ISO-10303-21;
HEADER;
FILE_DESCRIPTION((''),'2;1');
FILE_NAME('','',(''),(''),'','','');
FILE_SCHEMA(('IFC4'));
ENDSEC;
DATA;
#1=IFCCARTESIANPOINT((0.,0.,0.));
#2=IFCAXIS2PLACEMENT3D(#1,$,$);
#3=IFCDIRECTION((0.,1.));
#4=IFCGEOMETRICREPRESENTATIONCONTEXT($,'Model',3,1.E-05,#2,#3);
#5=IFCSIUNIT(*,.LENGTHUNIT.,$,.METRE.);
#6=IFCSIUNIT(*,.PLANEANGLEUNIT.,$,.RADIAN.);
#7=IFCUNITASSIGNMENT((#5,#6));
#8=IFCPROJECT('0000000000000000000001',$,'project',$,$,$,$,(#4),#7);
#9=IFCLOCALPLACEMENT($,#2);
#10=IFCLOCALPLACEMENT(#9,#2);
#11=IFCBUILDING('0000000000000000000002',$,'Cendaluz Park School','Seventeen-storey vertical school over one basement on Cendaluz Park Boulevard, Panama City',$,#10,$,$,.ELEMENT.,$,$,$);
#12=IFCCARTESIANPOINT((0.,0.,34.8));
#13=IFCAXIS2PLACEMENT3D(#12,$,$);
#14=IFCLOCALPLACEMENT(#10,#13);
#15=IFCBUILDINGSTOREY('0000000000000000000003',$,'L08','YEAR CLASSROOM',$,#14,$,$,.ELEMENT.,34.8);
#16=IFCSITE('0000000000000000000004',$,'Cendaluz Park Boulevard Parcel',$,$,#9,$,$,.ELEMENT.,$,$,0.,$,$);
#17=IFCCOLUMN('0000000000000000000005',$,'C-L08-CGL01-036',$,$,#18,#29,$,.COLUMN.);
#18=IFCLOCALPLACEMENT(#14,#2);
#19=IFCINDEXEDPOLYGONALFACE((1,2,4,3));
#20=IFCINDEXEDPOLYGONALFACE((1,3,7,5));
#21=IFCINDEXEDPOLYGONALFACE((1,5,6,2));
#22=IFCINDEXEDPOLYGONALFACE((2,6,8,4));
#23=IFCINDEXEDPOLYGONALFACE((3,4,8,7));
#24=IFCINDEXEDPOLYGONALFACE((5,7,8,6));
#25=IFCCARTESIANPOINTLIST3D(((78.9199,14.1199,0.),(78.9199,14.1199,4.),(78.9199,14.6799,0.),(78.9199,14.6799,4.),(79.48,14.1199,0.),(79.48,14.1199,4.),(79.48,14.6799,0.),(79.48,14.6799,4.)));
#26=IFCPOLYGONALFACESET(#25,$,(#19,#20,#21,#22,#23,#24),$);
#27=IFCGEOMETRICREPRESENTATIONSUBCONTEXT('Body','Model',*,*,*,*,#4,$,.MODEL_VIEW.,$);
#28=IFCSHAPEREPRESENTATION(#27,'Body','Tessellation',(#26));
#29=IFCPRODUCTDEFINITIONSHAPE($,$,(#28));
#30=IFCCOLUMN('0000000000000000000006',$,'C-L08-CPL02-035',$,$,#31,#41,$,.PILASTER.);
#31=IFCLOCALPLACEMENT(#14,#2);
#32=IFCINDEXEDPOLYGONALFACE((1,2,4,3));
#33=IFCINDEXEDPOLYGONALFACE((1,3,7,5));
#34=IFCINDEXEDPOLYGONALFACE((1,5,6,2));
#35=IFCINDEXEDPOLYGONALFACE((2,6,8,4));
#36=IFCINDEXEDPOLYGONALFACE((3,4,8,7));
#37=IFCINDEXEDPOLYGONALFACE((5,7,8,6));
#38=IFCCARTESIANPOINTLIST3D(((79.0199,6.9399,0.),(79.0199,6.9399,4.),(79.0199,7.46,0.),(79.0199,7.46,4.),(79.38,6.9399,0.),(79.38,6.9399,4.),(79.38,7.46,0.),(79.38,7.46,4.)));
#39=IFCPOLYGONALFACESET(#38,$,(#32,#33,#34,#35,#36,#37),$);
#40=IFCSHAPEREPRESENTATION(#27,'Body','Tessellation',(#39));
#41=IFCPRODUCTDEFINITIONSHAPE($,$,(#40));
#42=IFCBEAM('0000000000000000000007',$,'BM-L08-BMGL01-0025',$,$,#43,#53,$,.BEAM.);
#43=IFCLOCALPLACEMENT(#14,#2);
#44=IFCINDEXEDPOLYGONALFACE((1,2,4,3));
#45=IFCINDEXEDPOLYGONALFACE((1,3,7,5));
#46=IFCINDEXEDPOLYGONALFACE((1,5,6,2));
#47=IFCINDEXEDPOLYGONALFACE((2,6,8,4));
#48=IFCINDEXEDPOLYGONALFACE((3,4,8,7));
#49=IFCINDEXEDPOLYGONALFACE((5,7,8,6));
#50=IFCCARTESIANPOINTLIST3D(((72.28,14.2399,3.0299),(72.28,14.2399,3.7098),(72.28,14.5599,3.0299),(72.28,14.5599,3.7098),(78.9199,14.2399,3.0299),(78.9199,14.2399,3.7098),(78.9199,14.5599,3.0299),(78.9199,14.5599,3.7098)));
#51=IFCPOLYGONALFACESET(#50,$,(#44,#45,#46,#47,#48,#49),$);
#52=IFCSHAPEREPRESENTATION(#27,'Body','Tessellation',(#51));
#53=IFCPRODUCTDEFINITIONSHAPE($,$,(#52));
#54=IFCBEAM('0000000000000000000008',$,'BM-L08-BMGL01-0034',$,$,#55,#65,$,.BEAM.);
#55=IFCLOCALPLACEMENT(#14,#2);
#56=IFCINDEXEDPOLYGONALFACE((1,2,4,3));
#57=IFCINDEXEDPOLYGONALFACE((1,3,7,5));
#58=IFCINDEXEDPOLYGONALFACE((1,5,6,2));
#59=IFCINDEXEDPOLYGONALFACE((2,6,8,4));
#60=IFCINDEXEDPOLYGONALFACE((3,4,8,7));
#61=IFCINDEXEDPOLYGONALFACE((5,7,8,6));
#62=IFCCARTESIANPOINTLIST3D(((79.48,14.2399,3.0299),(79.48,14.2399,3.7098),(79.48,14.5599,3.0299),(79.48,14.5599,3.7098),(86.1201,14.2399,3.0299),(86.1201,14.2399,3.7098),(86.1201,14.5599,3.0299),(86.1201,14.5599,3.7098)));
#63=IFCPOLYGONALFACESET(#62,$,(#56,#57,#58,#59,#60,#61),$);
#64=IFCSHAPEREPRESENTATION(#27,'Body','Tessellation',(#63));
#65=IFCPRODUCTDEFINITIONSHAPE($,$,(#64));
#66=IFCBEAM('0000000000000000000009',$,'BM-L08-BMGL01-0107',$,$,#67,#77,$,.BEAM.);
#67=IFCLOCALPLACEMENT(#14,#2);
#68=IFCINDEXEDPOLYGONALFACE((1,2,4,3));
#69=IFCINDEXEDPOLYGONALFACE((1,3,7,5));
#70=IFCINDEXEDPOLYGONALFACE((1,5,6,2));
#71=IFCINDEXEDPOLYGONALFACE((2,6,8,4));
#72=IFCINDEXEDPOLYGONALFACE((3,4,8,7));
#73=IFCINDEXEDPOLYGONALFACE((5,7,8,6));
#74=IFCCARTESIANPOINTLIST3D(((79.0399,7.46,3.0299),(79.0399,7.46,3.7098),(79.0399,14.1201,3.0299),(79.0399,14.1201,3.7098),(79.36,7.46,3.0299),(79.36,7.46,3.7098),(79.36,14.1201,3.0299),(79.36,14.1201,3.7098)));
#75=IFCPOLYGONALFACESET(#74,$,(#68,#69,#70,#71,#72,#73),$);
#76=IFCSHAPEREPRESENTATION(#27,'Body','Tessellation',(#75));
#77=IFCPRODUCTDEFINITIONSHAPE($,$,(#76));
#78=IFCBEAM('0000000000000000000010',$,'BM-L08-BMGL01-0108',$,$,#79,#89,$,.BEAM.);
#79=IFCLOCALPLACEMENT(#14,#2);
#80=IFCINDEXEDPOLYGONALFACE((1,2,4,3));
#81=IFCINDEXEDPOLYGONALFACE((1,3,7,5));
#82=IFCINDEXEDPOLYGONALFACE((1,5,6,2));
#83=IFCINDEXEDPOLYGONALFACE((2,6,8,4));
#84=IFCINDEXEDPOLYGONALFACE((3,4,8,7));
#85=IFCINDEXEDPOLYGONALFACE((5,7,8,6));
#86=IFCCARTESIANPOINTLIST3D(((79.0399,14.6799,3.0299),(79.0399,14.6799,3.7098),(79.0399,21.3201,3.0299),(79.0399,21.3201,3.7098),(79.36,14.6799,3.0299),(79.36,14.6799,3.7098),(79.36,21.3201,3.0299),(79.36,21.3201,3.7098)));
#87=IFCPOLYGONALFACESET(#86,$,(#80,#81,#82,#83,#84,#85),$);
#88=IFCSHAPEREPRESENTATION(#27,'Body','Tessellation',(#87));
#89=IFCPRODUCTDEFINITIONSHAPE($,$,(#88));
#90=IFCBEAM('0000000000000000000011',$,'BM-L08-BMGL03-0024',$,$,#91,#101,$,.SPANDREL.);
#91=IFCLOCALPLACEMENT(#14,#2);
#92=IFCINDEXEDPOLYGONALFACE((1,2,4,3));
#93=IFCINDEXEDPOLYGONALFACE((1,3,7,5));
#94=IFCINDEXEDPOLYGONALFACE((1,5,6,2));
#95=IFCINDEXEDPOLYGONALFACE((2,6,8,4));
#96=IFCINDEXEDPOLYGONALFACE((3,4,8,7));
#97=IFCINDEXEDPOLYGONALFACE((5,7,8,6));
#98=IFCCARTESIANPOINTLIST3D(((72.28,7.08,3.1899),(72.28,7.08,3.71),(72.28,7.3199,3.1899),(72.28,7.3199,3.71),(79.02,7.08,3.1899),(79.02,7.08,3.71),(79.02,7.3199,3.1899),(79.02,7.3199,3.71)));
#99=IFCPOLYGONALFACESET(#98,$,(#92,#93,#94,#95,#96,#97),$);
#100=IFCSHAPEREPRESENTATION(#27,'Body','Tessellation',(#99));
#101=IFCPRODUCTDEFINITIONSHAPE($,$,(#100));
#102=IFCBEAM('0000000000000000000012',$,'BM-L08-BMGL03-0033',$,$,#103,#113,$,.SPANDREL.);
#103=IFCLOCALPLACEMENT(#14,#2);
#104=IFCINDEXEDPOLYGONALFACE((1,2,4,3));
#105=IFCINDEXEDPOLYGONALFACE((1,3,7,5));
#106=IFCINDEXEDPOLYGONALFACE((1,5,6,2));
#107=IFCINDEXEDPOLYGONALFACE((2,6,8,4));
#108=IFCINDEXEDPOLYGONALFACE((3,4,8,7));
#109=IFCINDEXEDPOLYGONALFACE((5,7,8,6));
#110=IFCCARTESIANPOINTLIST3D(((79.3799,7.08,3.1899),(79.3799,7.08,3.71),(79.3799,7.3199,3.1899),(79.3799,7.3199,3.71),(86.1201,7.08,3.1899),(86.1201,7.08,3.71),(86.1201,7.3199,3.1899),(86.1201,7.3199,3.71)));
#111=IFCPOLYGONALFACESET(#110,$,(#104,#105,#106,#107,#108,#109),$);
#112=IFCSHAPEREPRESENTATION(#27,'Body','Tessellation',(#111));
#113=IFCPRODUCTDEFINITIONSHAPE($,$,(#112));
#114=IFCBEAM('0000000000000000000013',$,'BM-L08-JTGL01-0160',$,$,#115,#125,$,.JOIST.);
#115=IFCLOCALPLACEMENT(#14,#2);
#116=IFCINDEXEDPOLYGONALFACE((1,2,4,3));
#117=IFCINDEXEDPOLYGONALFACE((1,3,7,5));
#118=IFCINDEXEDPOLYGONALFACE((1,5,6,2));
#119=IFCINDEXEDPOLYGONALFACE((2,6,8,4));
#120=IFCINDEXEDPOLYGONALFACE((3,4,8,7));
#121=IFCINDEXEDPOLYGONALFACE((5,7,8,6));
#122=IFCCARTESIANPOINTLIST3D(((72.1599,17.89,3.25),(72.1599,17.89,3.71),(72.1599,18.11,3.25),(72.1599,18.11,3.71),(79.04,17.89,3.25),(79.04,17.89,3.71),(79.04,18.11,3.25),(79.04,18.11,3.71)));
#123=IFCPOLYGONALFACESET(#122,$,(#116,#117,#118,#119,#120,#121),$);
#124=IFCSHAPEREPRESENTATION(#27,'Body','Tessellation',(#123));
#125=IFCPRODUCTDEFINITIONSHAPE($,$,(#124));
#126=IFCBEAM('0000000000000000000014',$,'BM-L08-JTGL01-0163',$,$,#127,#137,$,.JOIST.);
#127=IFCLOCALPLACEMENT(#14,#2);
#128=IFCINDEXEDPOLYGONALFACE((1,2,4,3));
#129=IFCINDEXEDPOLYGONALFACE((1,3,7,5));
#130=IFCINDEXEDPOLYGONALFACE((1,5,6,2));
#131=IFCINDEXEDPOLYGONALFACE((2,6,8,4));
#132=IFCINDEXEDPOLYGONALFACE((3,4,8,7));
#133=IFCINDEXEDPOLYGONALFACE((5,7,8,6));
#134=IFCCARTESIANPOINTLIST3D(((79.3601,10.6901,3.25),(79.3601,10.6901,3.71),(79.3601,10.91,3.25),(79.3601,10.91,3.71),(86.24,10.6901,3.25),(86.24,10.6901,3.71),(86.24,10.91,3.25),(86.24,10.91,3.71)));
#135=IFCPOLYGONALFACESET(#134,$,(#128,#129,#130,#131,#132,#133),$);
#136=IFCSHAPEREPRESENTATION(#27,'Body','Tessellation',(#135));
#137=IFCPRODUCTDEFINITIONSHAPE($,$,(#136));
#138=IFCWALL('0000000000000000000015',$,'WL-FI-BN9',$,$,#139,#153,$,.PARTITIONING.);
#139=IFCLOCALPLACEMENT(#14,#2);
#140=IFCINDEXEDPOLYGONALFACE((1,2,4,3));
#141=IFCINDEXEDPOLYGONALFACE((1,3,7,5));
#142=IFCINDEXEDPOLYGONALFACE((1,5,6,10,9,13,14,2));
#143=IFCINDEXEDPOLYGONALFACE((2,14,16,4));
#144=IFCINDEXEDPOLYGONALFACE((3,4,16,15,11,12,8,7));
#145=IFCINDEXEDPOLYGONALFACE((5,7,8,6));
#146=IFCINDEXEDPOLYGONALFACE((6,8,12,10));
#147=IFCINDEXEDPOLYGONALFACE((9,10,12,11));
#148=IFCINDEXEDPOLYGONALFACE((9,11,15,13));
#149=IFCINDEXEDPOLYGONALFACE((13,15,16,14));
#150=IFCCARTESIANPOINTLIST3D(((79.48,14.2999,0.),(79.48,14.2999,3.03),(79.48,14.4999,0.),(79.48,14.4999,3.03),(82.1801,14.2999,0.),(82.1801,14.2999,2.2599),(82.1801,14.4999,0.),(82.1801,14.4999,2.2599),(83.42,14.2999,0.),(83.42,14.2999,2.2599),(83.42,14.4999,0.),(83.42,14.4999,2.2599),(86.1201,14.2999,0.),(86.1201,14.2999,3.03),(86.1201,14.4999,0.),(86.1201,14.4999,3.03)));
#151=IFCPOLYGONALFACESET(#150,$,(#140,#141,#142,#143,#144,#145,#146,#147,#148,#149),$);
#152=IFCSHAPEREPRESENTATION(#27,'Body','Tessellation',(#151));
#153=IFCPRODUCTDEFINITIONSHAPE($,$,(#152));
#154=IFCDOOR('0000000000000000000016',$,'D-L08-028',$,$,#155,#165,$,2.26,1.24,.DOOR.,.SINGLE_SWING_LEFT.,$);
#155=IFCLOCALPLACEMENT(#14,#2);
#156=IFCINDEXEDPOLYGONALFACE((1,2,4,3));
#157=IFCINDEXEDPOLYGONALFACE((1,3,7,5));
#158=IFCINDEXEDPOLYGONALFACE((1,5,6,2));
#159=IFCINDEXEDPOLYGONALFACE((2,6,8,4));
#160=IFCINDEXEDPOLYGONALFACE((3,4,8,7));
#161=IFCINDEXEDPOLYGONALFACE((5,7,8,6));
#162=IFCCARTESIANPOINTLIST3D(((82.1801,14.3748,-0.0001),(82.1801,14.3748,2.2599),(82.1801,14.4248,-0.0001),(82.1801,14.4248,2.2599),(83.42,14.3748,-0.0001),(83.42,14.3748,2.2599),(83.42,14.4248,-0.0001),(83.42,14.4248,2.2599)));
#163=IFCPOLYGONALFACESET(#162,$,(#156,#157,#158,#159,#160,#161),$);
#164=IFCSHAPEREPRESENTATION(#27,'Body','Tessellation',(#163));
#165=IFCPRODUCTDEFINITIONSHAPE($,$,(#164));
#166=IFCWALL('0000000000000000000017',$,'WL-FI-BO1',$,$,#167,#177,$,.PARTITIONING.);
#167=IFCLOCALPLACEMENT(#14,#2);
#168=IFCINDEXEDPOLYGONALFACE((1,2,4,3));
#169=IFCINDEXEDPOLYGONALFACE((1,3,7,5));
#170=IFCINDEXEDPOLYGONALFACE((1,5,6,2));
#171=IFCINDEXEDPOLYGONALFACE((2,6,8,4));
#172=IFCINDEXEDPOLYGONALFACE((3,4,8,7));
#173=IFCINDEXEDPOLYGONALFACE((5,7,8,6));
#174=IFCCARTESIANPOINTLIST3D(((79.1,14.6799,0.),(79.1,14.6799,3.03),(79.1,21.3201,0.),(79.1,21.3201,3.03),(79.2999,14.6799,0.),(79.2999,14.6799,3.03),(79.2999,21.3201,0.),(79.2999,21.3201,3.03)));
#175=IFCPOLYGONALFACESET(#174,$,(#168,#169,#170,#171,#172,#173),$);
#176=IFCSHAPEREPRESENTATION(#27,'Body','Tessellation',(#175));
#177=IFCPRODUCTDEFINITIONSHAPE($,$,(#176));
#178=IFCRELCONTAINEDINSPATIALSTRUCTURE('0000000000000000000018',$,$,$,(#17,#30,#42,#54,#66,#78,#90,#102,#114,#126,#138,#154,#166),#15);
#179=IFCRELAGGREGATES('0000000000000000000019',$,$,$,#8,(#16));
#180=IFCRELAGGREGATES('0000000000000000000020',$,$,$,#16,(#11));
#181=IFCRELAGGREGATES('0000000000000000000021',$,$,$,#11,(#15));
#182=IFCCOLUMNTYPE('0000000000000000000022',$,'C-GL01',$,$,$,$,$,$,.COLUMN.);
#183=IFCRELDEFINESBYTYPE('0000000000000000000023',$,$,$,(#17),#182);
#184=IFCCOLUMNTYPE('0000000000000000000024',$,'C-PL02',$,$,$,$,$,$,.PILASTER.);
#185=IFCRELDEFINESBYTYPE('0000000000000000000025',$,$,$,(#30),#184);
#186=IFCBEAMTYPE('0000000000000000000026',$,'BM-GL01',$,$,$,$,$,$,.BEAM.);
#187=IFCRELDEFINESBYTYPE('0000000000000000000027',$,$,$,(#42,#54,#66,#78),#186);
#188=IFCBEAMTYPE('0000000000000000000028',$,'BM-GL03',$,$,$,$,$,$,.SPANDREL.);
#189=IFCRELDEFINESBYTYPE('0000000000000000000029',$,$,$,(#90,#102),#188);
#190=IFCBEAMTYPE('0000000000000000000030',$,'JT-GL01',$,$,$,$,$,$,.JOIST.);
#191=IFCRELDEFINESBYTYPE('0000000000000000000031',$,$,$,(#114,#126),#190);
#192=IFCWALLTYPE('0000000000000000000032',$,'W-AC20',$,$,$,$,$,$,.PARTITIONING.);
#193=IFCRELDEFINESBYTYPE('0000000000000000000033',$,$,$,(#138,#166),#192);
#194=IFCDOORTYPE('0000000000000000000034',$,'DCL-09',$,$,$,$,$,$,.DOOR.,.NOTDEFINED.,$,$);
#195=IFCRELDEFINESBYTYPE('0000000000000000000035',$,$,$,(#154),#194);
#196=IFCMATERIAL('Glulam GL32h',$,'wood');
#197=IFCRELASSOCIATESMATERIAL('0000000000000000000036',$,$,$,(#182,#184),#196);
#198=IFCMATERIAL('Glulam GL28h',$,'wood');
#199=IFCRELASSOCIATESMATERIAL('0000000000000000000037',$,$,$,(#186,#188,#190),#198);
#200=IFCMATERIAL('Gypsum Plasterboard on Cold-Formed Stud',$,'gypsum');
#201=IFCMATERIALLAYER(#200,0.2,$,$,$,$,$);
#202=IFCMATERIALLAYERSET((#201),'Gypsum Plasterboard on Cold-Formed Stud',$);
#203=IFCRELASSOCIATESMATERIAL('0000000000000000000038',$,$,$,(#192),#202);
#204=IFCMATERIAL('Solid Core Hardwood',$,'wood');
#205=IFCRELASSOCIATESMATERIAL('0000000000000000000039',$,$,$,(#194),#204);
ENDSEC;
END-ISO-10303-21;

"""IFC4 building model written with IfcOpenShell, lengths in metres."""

from ifc_helpers import new_model, si_unit, direction, frame, frame_2d, origin, origin_2d, place, context, subcontext, project, spatial, rectangle, extrude, material, layer, layer_set, material_profile, profile_set, type_object, element, fill, save


model = new_model("IFC4")

# Units and contexts
model_context = context("Model", 3, precision=1e-05, world=origin(), true_north=direction((0.0, 1.0)))
body_context = subcontext(model_context, "Body", "Model", "MODEL_VIEW")
ifc_project = project(units=[si_unit("LENGTHUNIT", "METRE"), si_unit("PLANEANGLEUNIT", "RADIAN")], contexts=[model_context])

# Site, building, storey
site_placement = place(None, origin())
site = spatial("IfcSite", under=ifc_project, at=site_placement, Name="Cendaluz Park Boulevard Parcel", CompositionType="ELEMENT", RefElevation=0.0)
building_placement = place(site_placement, origin())
building = spatial("IfcBuilding", under=site, at=building_placement, Name="Cendaluz Park School", Description="Seventeen-storey vertical school over one basement on Cendaluz Park Boulevard, Panama City", CompositionType="ELEMENT")
storey_placement = place(building_placement, frame((0.0, 0.0, 34.8)))
storey = spatial("IfcBuildingStorey", under=building, at=storey_placement, Name="L08", Description="YEAR CLASSROOM", CompositionType="ELEMENT", Elevation=34.8)

# Columns
ifc_material_1 = material(Name="Glulam GL32h", Category="wood")
ifc_material_profile_1 = material_profile(ifc_material_1, rectangle(XDim=0.5601, YDim=0.5601, at=origin_2d()), Name="GL32h 560x560", Category="wood")
ifc_profile_set_1 = profile_set([ifc_material_profile_1], Name="Glulam GL32h")
column_type_1 = type_object("IfcColumnType", Name="C-GL01", PredefinedType="COLUMN", material=ifc_profile_set_1)
column_1_placement = place(storey_placement, frame((79.2, 14.3999, 0.0), z_axis=(0.0, 0.0, 1.0), x_axis=(1.0, 0.0, 0.0)))
element("IfcColumn", 1, at=column_1_placement, inside=storey, type_object=column_type_1, Name="C-L08-CGL01-036", PredefinedType="COLUMN", context=body_context, shape_type="SweptSolid", body=[
    extrude(rectangle(XDim=0.5601, YDim=0.5601, at=origin_2d()), origin(), (0.0, 0.0, 1.0), 4.0),
])
ifc_material_profile_2 = material_profile(ifc_material_1, rectangle(XDim=0.3601, YDim=0.52, at=origin_2d()), Name="GL32h 360x520", Category="wood")
ifc_profile_set_2 = profile_set([ifc_material_profile_2], Name="Glulam GL32h")
column_type_2 = type_object("IfcColumnType", Name="C-PL02", PredefinedType="PILASTER", material=ifc_profile_set_2)
column_2_placement = place(storey_placement, frame((79.2, 7.2, 0.0), z_axis=(0.0, 0.0, 1.0), x_axis=(1.0, 0.0, 0.0)))
element("IfcColumn", 2, at=column_2_placement, inside=storey, type_object=column_type_2, Name="C-L08-CPL02-035", PredefinedType="PILASTER", context=body_context, shape_type="SweptSolid", body=[
    extrude(rectangle(XDim=0.3601, YDim=0.52, at=origin_2d()), origin(), (0.0, 0.0, 1.0), 4.0),
])

# Beams
ifc_material_2 = material(Name="Glulam GL28h", Category="wood")
ifc_material_profile_3 = material_profile(ifc_material_2, rectangle(XDim=0.3201, YDim=0.6799, at=origin_2d()), Name="GL28h 320x680", Category="wood")
ifc_profile_set_3 = profile_set([ifc_material_profile_3], Name="Glulam GL28h")
beam_type_1 = type_object("IfcBeamType", Name="BM-GL01", PredefinedType="BEAM", material=ifc_profile_set_3)
beam_1_placement = place(storey_placement, frame((72.28, 14.3999, 3.3699), z_axis=(1.0, 0.0, 0.0), x_axis=(0.0, 1.0, 0.0)))
element("IfcBeam", 3, at=beam_1_placement, inside=storey, type_object=beam_type_1, Name="BM-L08-BMGL01-0025", PredefinedType="BEAM", context=body_context, shape_type="SweptSolid", body=[
    extrude(rectangle(XDim=0.3201, YDim=0.6799, at=origin_2d()), origin(), (0.0, 0.0, 1.0), 6.6399),
])
beam_2_placement = place(storey_placement, frame((79.48, 14.3999, 3.3699), z_axis=(1.0, 0.0, 0.0), x_axis=(0.0, 1.0, 0.0)))
element("IfcBeam", 4, at=beam_2_placement, inside=storey, type_object=beam_type_1, Name="BM-L08-BMGL01-0034", PredefinedType="BEAM", context=body_context, shape_type="SweptSolid", body=[
    extrude(rectangle(XDim=0.3201, YDim=0.6799, at=origin_2d()), origin(), (0.0, 0.0, 1.0), 6.6401),
])
beam_3_placement = place(storey_placement, frame((79.2, 7.46, 3.3699), z_axis=(0.0, 1.0, 0.0), x_axis=(-1.0, 0.0, 0.0)))
element("IfcBeam", 5, at=beam_3_placement, inside=storey, type_object=beam_type_1, Name="BM-L08-BMGL01-0107", PredefinedType="BEAM", context=body_context, shape_type="SweptSolid", body=[
    extrude(rectangle(XDim=0.3201, YDim=0.6799, at=origin_2d()), origin(), (0.0, 0.0, 1.0), 6.6602),
])
beam_4_placement = place(storey_placement, frame((79.2, 14.6799, 3.3699), z_axis=(0.0, 1.0, 0.0), x_axis=(-1.0, 0.0, 0.0)))
element("IfcBeam", 6, at=beam_4_placement, inside=storey, type_object=beam_type_1, Name="BM-L08-BMGL01-0108", PredefinedType="BEAM", context=body_context, shape_type="SweptSolid", body=[
    extrude(rectangle(XDim=0.3201, YDim=0.6799, at=origin_2d()), origin(), (0.0, 0.0, 1.0), 6.6401),
])
ifc_material_profile_4 = material_profile(ifc_material_2, rectangle(XDim=0.24, YDim=0.52, at=origin_2d()), Name="GL28h 240x520", Category="wood")
ifc_profile_set_4 = profile_set([ifc_material_profile_4], Name="Glulam GL28h")
beam_type_2 = type_object("IfcBeamType", Name="BM-GL03", PredefinedType="SPANDREL", material=ifc_profile_set_4)
beam_5_placement = place(storey_placement, frame((72.28, 7.2, 3.45), z_axis=(1.0, 0.0, 0.0), x_axis=(0.0, 1.0, 0.0)))
element("IfcBeam", 7, at=beam_5_placement, inside=storey, type_object=beam_type_2, Name="BM-L08-BMGL03-0024", PredefinedType="SPANDREL", context=body_context, shape_type="SweptSolid", body=[
    extrude(rectangle(XDim=0.24, YDim=0.52, at=origin_2d()), origin(), (0.0, 0.0, 1.0), 6.74),
])
beam_6_placement = place(storey_placement, frame((79.3799, 7.2, 3.45), z_axis=(1.0, 0.0, 0.0), x_axis=(0.0, 1.0, 0.0)))
element("IfcBeam", 8, at=beam_6_placement, inside=storey, type_object=beam_type_2, Name="BM-L08-BMGL03-0033", PredefinedType="SPANDREL", context=body_context, shape_type="SweptSolid", body=[
    extrude(rectangle(XDim=0.24, YDim=0.52, at=origin_2d()), origin(), (0.0, 0.0, 1.0), 6.7402),
])
ifc_material_profile_5 = material_profile(ifc_material_2, rectangle(XDim=0.22, YDim=0.46, at=origin_2d()), Name="GL28h 220x460", Category="wood")
ifc_profile_set_5 = profile_set([ifc_material_profile_5], Name="Glulam GL28h")
beam_type_3 = type_object("IfcBeamType", Name="JT-GL01", PredefinedType="JOIST", material=ifc_profile_set_5)
beam_7_placement = place(storey_placement, frame((72.1599, 18.0, 3.48), z_axis=(1.0, 0.0, 0.0), x_axis=(0.0, 1.0, 0.0)))
element("IfcBeam", 9, at=beam_7_placement, inside=storey, type_object=beam_type_3, Name="BM-L08-JTGL01-0160", PredefinedType="JOIST", context=body_context, shape_type="SweptSolid", body=[
    extrude(rectangle(XDim=0.22, YDim=0.46, at=origin_2d()), origin(), (0.0, 0.0, 1.0), 6.8801),
])
beam_8_placement = place(storey_placement, frame((79.3601, 10.8, 3.48), z_axis=(1.0, 0.0, 0.0), x_axis=(0.0, 1.0, 0.0)))
element("IfcBeam", 10, at=beam_8_placement, inside=storey, type_object=beam_type_3, Name="BM-L08-JTGL01-0163", PredefinedType="JOIST", context=body_context, shape_type="SweptSolid", body=[
    extrude(rectangle(XDim=0.22, YDim=0.46, at=origin_2d()), origin(), (0.0, 0.0, 1.0), 6.8799),
])

# Wall, opening, door
ifc_material_3 = material(Name="Gypsum Plasterboard on Cold-Formed Stud", Category="gypsum")
ifc_layer_1 = layer(ifc_material_3, 0.2)
ifc_layer_set_1 = layer_set([ifc_layer_1], Name="Gypsum Plasterboard on Cold-Formed Stud")
wall_type_1 = type_object("IfcWallType", Name="W-AC20", PredefinedType="PARTITIONING", material=ifc_layer_set_1)
wall_1_placement = place(storey_placement, frame((79.48, 14.3999, 0.0), z_axis=(0.0, 0.0, 1.0), x_axis=(1.0, 0.0, 0.0)))
wall_1 = element("IfcWall", 11, at=wall_1_placement, inside=storey, type_object=wall_type_1, Name="WL-FI-BN9", PredefinedType="PARTITIONING", context=body_context, shape_type="SweptSolid", body=[
    extrude(rectangle(XDim=6.6401, YDim=0.2, at=frame_2d((3.3201, 0.0))), origin(), (0.0, 0.0, 1.0), 3.03),
])
opening_1_placement = place(wall_1_placement, frame((2.7, 0.0, 0.0)))
opening_1 = element("IfcOpeningElement", 12, at=opening_1_placement, cuts=wall_1, PredefinedType="OPENING", context=body_context, shape_type="SweptSolid", body=[
    extrude(rectangle(XDim=1.24, YDim=2.26, at=frame_2d((0.6201, 1.1299))), frame((0.0, 0.1121, 0.0), z_axis=(0.0, -1.0, 0.0), x_axis=(1.0, 0.0, 0.0)), (0.0, 0.0, 1.0), 0.2239),
])
ifc_material_4 = material(Name="Solid Core Hardwood", Category="wood")
door_type = type_object("IfcDoorType", Name="DCL-09", OperationType="NOTDEFINED", PredefinedType="DOOR", material=ifc_material_4)
door_placement = place(opening_1_placement, origin())
door = element("IfcDoor", 13, at=door_placement, inside=storey, type_object=door_type, Name="D-L08-028", OperationType="SINGLE_SWING_LEFT", OverallHeight=2.26, OverallWidth=1.24, PredefinedType="DOOR", context=body_context, shape_type="SweptSolid", body=[
    extrude(rectangle(XDim=1.24, YDim=2.26, at=frame_2d((0.6201, 1.1299))), frame((0.0, 0.0249, 0.0), z_axis=(0.0, -1.0, 0.0), x_axis=(1.0, 0.0, 0.0)), (0.0, 0.0, 1.0), 0.05),
])
fill(opening_1, door)

# Wall
wall_2_placement = place(storey_placement, frame((79.2, 14.6799, 0.0), z_axis=(0.0, 0.0, 1.0), x_axis=(0.0, 1.0, 0.0)))
element("IfcWall", 14, at=wall_2_placement, inside=storey, type_object=wall_type_1, Name="WL-FI-BO1", PredefinedType="PARTITIONING", context=body_context, shape_type="SweptSolid", body=[
    extrude(rectangle(XDim=6.6401, YDim=0.2, at=frame_2d((3.3201, 0.0))), origin(), (0.0, 0.0, 1.0), 3.03),
])

save(model, "model.ifc")
